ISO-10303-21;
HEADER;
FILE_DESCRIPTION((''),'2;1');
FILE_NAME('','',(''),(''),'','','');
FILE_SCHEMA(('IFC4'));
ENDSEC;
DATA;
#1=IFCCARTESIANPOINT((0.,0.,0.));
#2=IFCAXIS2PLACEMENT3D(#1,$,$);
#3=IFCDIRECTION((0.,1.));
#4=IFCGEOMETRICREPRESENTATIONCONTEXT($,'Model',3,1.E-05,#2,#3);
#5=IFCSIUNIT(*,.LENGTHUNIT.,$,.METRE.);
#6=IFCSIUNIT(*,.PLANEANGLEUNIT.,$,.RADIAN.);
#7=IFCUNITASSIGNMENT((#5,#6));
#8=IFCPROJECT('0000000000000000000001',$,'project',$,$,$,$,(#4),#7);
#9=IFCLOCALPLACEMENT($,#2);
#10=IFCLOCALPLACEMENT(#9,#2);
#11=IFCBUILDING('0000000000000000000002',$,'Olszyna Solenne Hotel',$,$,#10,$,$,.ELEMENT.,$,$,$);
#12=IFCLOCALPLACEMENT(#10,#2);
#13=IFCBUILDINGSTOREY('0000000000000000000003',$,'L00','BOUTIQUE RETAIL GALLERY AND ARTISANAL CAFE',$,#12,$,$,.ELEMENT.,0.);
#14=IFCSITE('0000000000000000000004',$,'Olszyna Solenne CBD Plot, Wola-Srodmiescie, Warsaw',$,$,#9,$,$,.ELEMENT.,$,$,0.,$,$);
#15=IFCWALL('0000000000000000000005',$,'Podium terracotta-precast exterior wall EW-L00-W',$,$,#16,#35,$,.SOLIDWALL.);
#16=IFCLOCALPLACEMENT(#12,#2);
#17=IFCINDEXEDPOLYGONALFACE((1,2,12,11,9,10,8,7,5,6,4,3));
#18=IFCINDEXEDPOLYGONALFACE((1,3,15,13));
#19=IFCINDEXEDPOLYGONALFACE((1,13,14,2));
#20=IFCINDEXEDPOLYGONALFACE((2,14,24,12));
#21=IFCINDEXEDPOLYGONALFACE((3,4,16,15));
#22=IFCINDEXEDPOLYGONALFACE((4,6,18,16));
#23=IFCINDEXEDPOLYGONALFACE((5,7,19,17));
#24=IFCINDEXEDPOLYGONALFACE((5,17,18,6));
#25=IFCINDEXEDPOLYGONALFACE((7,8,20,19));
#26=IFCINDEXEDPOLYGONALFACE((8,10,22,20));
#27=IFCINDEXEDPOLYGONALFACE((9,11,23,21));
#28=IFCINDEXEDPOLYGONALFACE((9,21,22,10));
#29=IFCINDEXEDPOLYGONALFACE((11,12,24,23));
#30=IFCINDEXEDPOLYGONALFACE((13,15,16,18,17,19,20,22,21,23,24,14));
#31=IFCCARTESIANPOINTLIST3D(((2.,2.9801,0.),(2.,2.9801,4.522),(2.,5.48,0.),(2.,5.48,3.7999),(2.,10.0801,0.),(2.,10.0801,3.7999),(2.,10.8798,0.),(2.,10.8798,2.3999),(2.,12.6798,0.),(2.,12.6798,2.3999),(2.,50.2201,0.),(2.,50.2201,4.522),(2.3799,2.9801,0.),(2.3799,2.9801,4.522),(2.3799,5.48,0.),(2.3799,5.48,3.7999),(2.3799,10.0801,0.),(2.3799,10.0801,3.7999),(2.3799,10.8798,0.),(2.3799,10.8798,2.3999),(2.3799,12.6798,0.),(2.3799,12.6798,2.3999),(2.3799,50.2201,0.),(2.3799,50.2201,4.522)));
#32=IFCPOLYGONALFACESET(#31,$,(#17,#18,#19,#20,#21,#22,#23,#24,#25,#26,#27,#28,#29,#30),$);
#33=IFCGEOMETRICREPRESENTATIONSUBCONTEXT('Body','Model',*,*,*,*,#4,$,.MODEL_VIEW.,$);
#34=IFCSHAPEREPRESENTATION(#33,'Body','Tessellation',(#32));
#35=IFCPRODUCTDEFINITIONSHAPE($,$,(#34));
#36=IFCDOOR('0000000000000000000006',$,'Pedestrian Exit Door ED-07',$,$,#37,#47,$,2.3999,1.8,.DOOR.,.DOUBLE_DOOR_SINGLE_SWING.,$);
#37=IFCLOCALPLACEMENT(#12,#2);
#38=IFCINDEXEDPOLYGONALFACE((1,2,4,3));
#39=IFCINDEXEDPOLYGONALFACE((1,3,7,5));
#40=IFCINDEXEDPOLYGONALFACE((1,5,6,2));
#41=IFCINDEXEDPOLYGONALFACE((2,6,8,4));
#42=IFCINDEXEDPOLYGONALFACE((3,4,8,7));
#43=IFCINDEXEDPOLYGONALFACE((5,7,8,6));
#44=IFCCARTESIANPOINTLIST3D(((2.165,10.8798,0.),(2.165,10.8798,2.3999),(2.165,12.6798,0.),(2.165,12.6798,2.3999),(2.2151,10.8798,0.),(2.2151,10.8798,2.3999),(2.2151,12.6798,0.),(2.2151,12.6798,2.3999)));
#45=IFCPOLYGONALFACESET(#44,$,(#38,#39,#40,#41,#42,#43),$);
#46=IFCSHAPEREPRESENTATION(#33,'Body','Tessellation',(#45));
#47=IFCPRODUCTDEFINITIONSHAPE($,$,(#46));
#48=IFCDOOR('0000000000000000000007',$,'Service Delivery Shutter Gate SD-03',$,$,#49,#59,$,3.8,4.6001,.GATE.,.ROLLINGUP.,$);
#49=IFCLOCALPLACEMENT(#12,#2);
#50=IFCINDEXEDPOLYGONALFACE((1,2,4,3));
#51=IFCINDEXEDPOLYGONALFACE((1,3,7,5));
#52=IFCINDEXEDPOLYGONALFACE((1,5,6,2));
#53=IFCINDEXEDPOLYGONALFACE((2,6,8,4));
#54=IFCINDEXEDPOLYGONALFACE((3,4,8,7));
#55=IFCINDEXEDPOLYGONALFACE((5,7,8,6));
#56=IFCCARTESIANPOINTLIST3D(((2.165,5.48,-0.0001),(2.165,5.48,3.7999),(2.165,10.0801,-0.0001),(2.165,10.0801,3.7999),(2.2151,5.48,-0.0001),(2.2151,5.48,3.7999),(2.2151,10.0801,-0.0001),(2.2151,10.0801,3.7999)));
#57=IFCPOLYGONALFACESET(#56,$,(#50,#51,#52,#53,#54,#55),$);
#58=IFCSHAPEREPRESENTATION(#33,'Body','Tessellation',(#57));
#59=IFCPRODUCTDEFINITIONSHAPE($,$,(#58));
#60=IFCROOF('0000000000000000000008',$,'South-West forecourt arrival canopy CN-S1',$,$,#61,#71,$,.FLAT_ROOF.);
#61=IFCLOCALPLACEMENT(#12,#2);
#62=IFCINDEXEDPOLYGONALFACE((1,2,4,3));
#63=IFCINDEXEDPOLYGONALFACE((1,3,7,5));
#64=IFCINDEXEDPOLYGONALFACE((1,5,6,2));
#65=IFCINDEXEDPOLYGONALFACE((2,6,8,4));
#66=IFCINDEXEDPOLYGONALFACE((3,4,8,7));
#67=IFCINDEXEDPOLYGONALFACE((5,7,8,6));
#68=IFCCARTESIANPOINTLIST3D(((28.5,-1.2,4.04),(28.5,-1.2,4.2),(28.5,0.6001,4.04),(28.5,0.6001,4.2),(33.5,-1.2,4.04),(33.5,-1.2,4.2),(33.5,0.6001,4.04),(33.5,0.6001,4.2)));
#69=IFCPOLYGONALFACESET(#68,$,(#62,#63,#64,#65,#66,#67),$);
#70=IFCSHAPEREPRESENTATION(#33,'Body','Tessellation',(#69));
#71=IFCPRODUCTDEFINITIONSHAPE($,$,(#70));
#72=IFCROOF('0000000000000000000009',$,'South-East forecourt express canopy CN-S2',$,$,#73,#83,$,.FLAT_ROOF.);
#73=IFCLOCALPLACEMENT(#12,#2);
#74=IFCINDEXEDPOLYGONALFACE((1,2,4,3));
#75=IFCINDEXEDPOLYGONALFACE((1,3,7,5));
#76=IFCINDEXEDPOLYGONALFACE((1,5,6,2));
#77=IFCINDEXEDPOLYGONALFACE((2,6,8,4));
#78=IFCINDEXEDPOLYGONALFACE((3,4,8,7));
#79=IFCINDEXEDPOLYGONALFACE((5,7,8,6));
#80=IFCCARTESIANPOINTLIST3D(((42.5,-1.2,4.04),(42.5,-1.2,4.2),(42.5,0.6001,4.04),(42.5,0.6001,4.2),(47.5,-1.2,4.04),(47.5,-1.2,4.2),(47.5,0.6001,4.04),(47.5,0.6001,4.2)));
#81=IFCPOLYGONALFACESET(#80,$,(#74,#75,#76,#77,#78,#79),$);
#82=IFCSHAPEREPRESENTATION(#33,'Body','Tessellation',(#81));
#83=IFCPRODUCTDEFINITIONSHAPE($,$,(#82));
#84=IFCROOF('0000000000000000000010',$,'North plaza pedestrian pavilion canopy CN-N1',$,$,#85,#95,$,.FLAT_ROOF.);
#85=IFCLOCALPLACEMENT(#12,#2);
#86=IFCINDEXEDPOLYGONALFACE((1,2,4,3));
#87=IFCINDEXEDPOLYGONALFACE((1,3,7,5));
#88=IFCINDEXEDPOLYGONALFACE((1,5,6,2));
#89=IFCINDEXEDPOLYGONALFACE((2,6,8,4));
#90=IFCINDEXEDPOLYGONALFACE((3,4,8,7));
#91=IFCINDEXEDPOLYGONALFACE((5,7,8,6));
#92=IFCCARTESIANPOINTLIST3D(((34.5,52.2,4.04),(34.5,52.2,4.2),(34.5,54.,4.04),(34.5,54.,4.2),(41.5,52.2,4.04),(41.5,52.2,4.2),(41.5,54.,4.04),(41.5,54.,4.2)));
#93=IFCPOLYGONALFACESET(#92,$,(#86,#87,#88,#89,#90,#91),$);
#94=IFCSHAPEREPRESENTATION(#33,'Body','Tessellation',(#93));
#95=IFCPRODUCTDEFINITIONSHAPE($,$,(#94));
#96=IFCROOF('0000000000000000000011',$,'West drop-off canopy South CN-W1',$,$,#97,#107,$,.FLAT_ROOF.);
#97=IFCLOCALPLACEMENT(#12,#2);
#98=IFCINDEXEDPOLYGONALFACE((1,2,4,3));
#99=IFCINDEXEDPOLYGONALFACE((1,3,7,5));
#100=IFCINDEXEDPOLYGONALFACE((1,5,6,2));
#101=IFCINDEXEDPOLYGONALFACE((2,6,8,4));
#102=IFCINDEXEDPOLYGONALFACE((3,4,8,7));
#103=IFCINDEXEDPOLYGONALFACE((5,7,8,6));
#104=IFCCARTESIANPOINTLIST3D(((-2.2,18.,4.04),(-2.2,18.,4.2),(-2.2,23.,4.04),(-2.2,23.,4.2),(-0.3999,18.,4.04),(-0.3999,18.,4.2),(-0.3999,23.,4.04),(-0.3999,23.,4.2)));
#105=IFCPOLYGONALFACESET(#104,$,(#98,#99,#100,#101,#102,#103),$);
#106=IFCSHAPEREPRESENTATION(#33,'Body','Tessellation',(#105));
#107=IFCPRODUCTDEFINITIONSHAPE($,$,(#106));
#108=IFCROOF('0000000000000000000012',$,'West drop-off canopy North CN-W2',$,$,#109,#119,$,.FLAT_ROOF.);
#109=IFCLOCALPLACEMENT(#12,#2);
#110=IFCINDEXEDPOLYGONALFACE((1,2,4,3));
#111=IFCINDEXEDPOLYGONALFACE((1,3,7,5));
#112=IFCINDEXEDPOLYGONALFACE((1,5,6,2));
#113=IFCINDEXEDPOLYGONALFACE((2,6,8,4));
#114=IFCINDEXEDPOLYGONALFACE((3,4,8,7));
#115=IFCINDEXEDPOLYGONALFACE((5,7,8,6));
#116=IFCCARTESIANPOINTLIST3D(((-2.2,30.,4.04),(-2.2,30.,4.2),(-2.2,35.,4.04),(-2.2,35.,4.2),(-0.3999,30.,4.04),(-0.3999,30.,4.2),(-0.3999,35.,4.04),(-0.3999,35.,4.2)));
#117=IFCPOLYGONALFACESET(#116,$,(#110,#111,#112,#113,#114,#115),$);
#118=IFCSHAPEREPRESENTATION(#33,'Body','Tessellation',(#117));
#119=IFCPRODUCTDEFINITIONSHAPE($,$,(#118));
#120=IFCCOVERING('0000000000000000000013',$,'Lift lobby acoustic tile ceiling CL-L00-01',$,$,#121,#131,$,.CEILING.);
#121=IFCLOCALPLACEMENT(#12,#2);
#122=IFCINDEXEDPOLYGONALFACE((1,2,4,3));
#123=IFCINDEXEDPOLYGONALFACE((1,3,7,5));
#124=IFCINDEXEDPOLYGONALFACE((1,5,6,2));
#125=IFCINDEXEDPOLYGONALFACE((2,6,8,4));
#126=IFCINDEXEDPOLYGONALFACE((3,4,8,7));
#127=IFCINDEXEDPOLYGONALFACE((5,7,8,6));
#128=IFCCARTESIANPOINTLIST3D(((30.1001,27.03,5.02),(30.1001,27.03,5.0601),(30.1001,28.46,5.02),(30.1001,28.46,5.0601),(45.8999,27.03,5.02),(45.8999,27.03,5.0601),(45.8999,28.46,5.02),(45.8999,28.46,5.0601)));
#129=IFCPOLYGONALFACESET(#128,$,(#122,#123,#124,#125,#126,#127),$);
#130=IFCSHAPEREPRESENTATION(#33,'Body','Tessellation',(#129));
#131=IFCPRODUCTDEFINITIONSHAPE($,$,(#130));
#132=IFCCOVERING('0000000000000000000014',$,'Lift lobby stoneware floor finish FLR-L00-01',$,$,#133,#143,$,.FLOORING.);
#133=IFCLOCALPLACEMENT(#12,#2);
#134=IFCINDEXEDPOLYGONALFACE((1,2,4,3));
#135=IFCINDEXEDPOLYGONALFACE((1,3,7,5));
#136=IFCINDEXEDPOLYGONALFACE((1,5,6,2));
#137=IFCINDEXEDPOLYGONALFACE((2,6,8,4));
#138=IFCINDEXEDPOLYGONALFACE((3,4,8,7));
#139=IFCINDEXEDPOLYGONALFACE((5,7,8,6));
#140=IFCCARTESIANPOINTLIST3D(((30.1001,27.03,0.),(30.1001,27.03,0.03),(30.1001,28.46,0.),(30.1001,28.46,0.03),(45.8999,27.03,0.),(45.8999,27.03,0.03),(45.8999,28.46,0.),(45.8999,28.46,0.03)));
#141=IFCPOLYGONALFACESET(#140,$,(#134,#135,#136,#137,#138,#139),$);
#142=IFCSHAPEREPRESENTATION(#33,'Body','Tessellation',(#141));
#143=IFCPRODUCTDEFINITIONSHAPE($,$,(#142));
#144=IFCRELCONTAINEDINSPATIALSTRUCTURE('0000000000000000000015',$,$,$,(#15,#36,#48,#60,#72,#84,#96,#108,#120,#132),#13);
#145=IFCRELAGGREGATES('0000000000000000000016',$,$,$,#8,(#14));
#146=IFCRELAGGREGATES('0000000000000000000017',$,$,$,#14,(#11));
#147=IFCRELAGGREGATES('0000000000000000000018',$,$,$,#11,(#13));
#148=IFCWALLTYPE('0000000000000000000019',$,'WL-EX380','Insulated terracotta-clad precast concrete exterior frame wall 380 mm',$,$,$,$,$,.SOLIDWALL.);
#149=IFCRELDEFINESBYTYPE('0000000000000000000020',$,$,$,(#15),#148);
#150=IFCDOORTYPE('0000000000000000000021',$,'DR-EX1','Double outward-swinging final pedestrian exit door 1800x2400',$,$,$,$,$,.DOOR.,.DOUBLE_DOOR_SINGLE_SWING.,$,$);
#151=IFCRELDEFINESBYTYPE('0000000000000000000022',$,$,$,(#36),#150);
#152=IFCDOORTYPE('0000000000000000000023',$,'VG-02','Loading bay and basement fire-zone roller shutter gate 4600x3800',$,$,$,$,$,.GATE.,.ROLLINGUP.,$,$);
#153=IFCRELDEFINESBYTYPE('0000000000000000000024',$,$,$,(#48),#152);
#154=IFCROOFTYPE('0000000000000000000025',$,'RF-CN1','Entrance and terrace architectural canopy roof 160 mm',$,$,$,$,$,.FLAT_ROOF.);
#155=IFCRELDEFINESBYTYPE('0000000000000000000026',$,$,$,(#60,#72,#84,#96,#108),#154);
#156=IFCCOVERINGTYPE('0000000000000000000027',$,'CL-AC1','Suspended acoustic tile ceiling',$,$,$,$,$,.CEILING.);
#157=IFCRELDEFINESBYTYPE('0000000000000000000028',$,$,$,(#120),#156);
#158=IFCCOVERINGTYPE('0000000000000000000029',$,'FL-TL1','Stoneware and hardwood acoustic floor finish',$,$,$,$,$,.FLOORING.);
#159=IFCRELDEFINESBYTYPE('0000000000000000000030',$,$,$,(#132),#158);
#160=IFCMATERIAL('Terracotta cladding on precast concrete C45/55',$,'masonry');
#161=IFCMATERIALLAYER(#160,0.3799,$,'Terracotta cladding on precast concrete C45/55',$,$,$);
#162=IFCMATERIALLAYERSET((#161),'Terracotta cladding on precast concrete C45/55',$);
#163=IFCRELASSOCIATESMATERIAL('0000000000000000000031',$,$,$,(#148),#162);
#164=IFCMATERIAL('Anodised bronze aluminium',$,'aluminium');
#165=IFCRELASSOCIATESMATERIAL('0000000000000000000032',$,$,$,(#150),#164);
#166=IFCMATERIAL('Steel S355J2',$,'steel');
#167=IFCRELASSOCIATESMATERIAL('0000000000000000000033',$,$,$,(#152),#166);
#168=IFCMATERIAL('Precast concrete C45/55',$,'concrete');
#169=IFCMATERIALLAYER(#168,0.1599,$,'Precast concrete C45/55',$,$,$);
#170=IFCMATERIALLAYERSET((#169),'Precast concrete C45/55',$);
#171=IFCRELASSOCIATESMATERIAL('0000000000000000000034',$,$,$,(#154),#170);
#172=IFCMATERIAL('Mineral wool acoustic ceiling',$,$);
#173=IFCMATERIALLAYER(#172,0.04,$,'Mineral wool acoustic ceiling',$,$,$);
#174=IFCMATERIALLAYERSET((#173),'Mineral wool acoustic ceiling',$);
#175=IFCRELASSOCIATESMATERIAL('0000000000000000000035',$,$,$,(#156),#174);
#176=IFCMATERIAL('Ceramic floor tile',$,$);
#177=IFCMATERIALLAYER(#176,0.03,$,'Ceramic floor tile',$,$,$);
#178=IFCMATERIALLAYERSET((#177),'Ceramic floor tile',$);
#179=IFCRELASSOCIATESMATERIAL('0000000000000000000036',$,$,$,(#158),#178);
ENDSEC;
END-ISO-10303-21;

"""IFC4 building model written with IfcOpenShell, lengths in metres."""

from ifc_helpers import new_model, si_unit, direction, frame, frame_2d, origin, place, context, subcontext, project, spatial, polyline, rectangle, outline, extrude, source, transform, mapped, material, layer, layer_set, type_object, type_shapes, element, fill, save


model = new_model("IFC4")

# Units and contexts
model_context = context("Model", 3, precision=1e-05, world=origin(), true_north=direction((0.0, 1.0)))
body_context = subcontext(model_context, "Body", "Model", "MODEL_VIEW")
ifc_project = project(units=[si_unit("LENGTHUNIT", "METRE"), si_unit("PLANEANGLEUNIT", "RADIAN")], contexts=[model_context])

# Site, building, storey
site_placement = place(None, origin())
site = spatial("IfcSite", under=ifc_project, at=site_placement, Name="Olszyna Solenne CBD Plot, Wola-Srodmiescie, Warsaw", CompositionType="ELEMENT", RefElevation=0.0)
building_placement = place(site_placement, origin())
building = spatial("IfcBuilding", under=site, at=building_placement, Name="Olszyna Solenne Hotel", CompositionType="ELEMENT")
storey_placement = place(building_placement, origin())
storey = spatial("IfcBuildingStorey", under=building, at=storey_placement, Name="L00", Description="BOUTIQUE RETAIL GALLERY AND ARTISANAL CAFE", CompositionType="ELEMENT", Elevation=0.0)

# Wall, openings, doors
ifc_material_1 = material(Name="Terracotta cladding on precast concrete C45/55", Category="masonry")
ifc_layer_1 = layer(ifc_material_1, 0.3799, Name="Terracotta cladding on precast concrete C45/55")
ifc_layer_set_1 = layer_set([ifc_layer_1], Name="Terracotta cladding on precast concrete C45/55")
wall_type = type_object("IfcWallType", Name="WL-EX380", Description="Insulated terracotta-clad precast concrete exterior frame wall 380 mm", PredefinedType="SOLIDWALL", material=ifc_layer_set_1)
wall_placement = place(storey_placement, frame((2.1899, 2.98, 0.0), z_axis=(0.0, 0.0, 1.0), x_axis=(0.0, 1.0, 0.0)))
wall = element("IfcWall", 1, at=wall_placement, inside=storey, type_object=wall_type, Name="Podium terracotta-precast exterior wall EW-L00-W", PredefinedType="SOLIDWALL", context=body_context, shape_type="SweptSolid", body=[
    extrude(rectangle(XDim=47.24, YDim=0.3799, at=frame_2d((23.6201, 0.0))), origin(), (0.0, 0.0, 1.0), 4.522),
])
opening_1_placement = place(wall_placement, frame((7.8999, 0.0, 0.0)))
opening_1 = element("IfcOpeningElement", 2, at=opening_1_placement, cuts=wall, PredefinedType="OPENING", context=body_context, shape_type="SweptSolid", body=[
    extrude(rectangle(XDim=1.8, YDim=2.3999, at=frame_2d((0.8999, 1.2))), frame((0.0, 0.2, 0.0), z_axis=(0.0, -1.0, 0.0), x_axis=(1.0, 0.0, 0.0)), (0.0, 0.0, 1.0), 0.3999),
])
opening_2_placement = place(wall_placement, frame((2.5, 0.0, 0.0)))
opening_2 = element("IfcOpeningElement", 3, at=opening_2_placement, cuts=wall, PredefinedType="OPENING", context=body_context, shape_type="SweptSolid", body=[
    extrude(rectangle(XDim=4.6001, YDim=3.8, at=frame_2d((2.3, 1.8999))), frame((0.0, 0.2, 0.0), z_axis=(0.0, -1.0, 0.0), x_axis=(1.0, 0.0, 0.0)), (0.0, 0.0, 1.0), 0.3999),
])
ifc_material_2 = material(Name="Anodised bronze aluminium", Category="aluminium")
door_type_1 = type_object("IfcDoorType", Name="DR-EX1", Description="Double outward-swinging final pedestrian exit door 1800x2400", OperationType="DOUBLE_DOOR_SINGLE_SWING", PredefinedType="DOOR", material=ifc_material_2)
shared_shape_1 = source(origin(), body_context, "Body", "SweptSolid", [
    extrude(rectangle(XDim=1.8, YDim=2.3999, at=frame_2d((0.8999, 1.2))), frame((0.0, 0.0249, 0.0), z_axis=(0.0, -1.0, 0.0), x_axis=(1.0, 0.0, 0.0)), (0.0, 0.0, 1.0), 0.05),
])
type_shapes(door_type_1, [shared_shape_1])
door_1_placement = place(opening_1_placement, origin())
door_1 = element("IfcDoor", 4, at=door_1_placement, inside=storey, type_object=door_type_1, Name="Pedestrian Exit Door ED-07", OperationType="DOUBLE_DOOR_SINGLE_SWING", OverallHeight=2.3999, OverallWidth=1.8, PredefinedType="DOOR", context=body_context, shape_type="MappedRepresentation", body=[
    mapped(shared_shape_1, transform((0.0, 0.0, 0.0), x_axis=(1.0, 0.0, 0.0), y_axis=(0.0, 1.0, 0.0), z_axis=(0.0, 0.0, 1.0), scale=1.0)),
])
fill(opening_1, door_1)
ifc_material_3 = material(Name="Steel S355J2", Category="steel")
door_type_2 = type_object("IfcDoorType", Name="VG-02", Description="Loading bay and basement fire-zone roller shutter gate 4600x3800", OperationType="ROLLINGUP", PredefinedType="GATE", material=ifc_material_3)
shared_shape_2 = source(origin(), body_context, "Body", "SweptSolid", [
    extrude(rectangle(XDim=4.6001, YDim=3.8, at=frame_2d((2.3, 1.8999))), frame((0.0, 0.0249, 0.0), z_axis=(0.0, -1.0, 0.0), x_axis=(1.0, 0.0, 0.0)), (0.0, 0.0, 1.0), 0.05),
])
type_shapes(door_type_2, [shared_shape_2])
door_2_placement = place(opening_2_placement, origin())
door_2 = element("IfcDoor", 5, at=door_2_placement, inside=storey, type_object=door_type_2, Name="Service Delivery Shutter Gate SD-03", OperationType="ROLLINGUP", OverallHeight=3.8, OverallWidth=4.6001, PredefinedType="GATE", context=body_context, shape_type="MappedRepresentation", body=[
    mapped(shared_shape_2, transform((0.0, 0.0, 0.0), x_axis=(1.0, 0.0, 0.0), y_axis=(0.0, 1.0, 0.0), z_axis=(0.0, 0.0, 1.0), scale=1.0)),
])
fill(opening_2, door_2)

# Roofs
ifc_material_4 = material(Name="Precast concrete C45/55", Category="concrete")
ifc_layer_2 = layer(ifc_material_4, 0.1599, Name="Precast concrete C45/55")
ifc_layer_set_2 = layer_set([ifc_layer_2], Name="Precast concrete C45/55")
roof_type = type_object("IfcRoofType", Name="RF-CN1", Description="Entrance and terrace architectural canopy roof 160 mm", PredefinedType="FLAT_ROOF", material=ifc_layer_set_2)
roof_1_placement = place(storey_placement, frame((0.0, 0.0, 4.04)))
element("IfcRoof", 6, at=roof_1_placement, inside=storey, type_object=roof_type, Name="South-West forecourt arrival canopy CN-S1", PredefinedType="FLAT_ROOF", context=body_context, shape_type="SweptSolid", body=[
    extrude(outline(polyline([(28.5, -1.2), (33.5, -1.2), (33.5, 0.6001), (28.5, 0.6001), (28.5, -1.2)])), origin(), (0.0, 0.0, 1.0), 0.1599),
])
roof_2_placement = place(storey_placement, frame((0.0, 0.0, 4.04)))
element("IfcRoof", 7, at=roof_2_placement, inside=storey, type_object=roof_type, Name="South-East forecourt express canopy CN-S2", PredefinedType="FLAT_ROOF", context=body_context, shape_type="SweptSolid", body=[
    extrude(outline(polyline([(42.5, -1.2), (47.5, -1.2), (47.5, 0.6001), (42.5, 0.6001), (42.5, -1.2)])), origin(), (0.0, 0.0, 1.0), 0.1599),
])
roof_3_placement = place(storey_placement, frame((0.0, 0.0, 4.04)))
element("IfcRoof", 8, at=roof_3_placement, inside=storey, type_object=roof_type, Name="North plaza pedestrian pavilion canopy CN-N1", PredefinedType="FLAT_ROOF", context=body_context, shape_type="SweptSolid", body=[
    extrude(outline(polyline([(34.5, 52.2), (41.5, 52.2), (41.5, 54.0), (34.5, 54.0), (34.5, 52.2)])), origin(), (0.0, 0.0, 1.0), 0.1599),
])
roof_4_placement = place(storey_placement, frame((0.0, 0.0, 4.04)))
element("IfcRoof", 9, at=roof_4_placement, inside=storey, type_object=roof_type, Name="West drop-off canopy South CN-W1", PredefinedType="FLAT_ROOF", context=body_context, shape_type="SweptSolid", body=[
    extrude(outline(polyline([(-2.2, 18.0), (-0.3999, 18.0), (-0.3999, 23.0), (-2.2, 23.0), (-2.2, 18.0)])), origin(), (0.0, 0.0, 1.0), 0.1599),
])
roof_5_placement = place(storey_placement, frame((0.0, 0.0, 4.04)))
element("IfcRoof", 10, at=roof_5_placement, inside=storey, type_object=roof_type, Name="West drop-off canopy North CN-W2", PredefinedType="FLAT_ROOF", context=body_context, shape_type="SweptSolid", body=[
    extrude(outline(polyline([(-2.2, 30.0), (-0.3999, 30.0), (-0.3999, 35.0), (-2.2, 35.0), (-2.2, 30.0)])), origin(), (0.0, 0.0, 1.0), 0.1599),
])

# Coverings
ifc_material_5 = material(Name="Mineral wool acoustic ceiling")
ifc_layer_3 = layer(ifc_material_5, 0.04, Name="Mineral wool acoustic ceiling")
ifc_layer_set_3 = layer_set([ifc_layer_3], Name="Mineral wool acoustic ceiling")
covering_type_1 = type_object("IfcCoveringType", Name="CL-AC1", Description="Suspended acoustic tile ceiling", PredefinedType="CEILING", material=ifc_layer_set_3)
covering_1_placement = place(storey_placement, frame((0.0, 0.0, 5.02)))
element("IfcCovering", 11, at=covering_1_placement, inside=storey, type_object=covering_type_1, Name="Lift lobby acoustic tile ceiling CL-L00-01", PredefinedType="CEILING", context=body_context, shape_type="SweptSolid", body=[
    extrude(outline(polyline([(30.1001, 27.03), (45.8999, 27.03), (45.8999, 28.46), (30.1001, 28.46), (30.1001, 27.03)])), origin(), (0.0, 0.0, 1.0), 0.04),
])
ifc_material_6 = material(Name="Ceramic floor tile")
ifc_layer_4 = layer(ifc_material_6, 0.03, Name="Ceramic floor tile")
ifc_layer_set_4 = layer_set([ifc_layer_4], Name="Ceramic floor tile")
covering_type_2 = type_object("IfcCoveringType", Name="FL-TL1", Description="Stoneware and hardwood acoustic floor finish", PredefinedType="FLOORING", material=ifc_layer_set_4)
covering_2_placement = place(storey_placement, origin())
element("IfcCovering", 12, at=covering_2_placement, inside=storey, type_object=covering_type_2, Name="Lift lobby stoneware floor finish FLR-L00-01", PredefinedType="FLOORING", context=body_context, shape_type="SweptSolid", body=[
    extrude(outline(polyline([(30.1001, 27.03), (45.8999, 27.03), (45.8999, 28.46), (30.1001, 28.46), (30.1001, 27.03)])), origin(), (0.0, 0.0, 1.0), 0.03),
])

save(model, "model.ifc")
